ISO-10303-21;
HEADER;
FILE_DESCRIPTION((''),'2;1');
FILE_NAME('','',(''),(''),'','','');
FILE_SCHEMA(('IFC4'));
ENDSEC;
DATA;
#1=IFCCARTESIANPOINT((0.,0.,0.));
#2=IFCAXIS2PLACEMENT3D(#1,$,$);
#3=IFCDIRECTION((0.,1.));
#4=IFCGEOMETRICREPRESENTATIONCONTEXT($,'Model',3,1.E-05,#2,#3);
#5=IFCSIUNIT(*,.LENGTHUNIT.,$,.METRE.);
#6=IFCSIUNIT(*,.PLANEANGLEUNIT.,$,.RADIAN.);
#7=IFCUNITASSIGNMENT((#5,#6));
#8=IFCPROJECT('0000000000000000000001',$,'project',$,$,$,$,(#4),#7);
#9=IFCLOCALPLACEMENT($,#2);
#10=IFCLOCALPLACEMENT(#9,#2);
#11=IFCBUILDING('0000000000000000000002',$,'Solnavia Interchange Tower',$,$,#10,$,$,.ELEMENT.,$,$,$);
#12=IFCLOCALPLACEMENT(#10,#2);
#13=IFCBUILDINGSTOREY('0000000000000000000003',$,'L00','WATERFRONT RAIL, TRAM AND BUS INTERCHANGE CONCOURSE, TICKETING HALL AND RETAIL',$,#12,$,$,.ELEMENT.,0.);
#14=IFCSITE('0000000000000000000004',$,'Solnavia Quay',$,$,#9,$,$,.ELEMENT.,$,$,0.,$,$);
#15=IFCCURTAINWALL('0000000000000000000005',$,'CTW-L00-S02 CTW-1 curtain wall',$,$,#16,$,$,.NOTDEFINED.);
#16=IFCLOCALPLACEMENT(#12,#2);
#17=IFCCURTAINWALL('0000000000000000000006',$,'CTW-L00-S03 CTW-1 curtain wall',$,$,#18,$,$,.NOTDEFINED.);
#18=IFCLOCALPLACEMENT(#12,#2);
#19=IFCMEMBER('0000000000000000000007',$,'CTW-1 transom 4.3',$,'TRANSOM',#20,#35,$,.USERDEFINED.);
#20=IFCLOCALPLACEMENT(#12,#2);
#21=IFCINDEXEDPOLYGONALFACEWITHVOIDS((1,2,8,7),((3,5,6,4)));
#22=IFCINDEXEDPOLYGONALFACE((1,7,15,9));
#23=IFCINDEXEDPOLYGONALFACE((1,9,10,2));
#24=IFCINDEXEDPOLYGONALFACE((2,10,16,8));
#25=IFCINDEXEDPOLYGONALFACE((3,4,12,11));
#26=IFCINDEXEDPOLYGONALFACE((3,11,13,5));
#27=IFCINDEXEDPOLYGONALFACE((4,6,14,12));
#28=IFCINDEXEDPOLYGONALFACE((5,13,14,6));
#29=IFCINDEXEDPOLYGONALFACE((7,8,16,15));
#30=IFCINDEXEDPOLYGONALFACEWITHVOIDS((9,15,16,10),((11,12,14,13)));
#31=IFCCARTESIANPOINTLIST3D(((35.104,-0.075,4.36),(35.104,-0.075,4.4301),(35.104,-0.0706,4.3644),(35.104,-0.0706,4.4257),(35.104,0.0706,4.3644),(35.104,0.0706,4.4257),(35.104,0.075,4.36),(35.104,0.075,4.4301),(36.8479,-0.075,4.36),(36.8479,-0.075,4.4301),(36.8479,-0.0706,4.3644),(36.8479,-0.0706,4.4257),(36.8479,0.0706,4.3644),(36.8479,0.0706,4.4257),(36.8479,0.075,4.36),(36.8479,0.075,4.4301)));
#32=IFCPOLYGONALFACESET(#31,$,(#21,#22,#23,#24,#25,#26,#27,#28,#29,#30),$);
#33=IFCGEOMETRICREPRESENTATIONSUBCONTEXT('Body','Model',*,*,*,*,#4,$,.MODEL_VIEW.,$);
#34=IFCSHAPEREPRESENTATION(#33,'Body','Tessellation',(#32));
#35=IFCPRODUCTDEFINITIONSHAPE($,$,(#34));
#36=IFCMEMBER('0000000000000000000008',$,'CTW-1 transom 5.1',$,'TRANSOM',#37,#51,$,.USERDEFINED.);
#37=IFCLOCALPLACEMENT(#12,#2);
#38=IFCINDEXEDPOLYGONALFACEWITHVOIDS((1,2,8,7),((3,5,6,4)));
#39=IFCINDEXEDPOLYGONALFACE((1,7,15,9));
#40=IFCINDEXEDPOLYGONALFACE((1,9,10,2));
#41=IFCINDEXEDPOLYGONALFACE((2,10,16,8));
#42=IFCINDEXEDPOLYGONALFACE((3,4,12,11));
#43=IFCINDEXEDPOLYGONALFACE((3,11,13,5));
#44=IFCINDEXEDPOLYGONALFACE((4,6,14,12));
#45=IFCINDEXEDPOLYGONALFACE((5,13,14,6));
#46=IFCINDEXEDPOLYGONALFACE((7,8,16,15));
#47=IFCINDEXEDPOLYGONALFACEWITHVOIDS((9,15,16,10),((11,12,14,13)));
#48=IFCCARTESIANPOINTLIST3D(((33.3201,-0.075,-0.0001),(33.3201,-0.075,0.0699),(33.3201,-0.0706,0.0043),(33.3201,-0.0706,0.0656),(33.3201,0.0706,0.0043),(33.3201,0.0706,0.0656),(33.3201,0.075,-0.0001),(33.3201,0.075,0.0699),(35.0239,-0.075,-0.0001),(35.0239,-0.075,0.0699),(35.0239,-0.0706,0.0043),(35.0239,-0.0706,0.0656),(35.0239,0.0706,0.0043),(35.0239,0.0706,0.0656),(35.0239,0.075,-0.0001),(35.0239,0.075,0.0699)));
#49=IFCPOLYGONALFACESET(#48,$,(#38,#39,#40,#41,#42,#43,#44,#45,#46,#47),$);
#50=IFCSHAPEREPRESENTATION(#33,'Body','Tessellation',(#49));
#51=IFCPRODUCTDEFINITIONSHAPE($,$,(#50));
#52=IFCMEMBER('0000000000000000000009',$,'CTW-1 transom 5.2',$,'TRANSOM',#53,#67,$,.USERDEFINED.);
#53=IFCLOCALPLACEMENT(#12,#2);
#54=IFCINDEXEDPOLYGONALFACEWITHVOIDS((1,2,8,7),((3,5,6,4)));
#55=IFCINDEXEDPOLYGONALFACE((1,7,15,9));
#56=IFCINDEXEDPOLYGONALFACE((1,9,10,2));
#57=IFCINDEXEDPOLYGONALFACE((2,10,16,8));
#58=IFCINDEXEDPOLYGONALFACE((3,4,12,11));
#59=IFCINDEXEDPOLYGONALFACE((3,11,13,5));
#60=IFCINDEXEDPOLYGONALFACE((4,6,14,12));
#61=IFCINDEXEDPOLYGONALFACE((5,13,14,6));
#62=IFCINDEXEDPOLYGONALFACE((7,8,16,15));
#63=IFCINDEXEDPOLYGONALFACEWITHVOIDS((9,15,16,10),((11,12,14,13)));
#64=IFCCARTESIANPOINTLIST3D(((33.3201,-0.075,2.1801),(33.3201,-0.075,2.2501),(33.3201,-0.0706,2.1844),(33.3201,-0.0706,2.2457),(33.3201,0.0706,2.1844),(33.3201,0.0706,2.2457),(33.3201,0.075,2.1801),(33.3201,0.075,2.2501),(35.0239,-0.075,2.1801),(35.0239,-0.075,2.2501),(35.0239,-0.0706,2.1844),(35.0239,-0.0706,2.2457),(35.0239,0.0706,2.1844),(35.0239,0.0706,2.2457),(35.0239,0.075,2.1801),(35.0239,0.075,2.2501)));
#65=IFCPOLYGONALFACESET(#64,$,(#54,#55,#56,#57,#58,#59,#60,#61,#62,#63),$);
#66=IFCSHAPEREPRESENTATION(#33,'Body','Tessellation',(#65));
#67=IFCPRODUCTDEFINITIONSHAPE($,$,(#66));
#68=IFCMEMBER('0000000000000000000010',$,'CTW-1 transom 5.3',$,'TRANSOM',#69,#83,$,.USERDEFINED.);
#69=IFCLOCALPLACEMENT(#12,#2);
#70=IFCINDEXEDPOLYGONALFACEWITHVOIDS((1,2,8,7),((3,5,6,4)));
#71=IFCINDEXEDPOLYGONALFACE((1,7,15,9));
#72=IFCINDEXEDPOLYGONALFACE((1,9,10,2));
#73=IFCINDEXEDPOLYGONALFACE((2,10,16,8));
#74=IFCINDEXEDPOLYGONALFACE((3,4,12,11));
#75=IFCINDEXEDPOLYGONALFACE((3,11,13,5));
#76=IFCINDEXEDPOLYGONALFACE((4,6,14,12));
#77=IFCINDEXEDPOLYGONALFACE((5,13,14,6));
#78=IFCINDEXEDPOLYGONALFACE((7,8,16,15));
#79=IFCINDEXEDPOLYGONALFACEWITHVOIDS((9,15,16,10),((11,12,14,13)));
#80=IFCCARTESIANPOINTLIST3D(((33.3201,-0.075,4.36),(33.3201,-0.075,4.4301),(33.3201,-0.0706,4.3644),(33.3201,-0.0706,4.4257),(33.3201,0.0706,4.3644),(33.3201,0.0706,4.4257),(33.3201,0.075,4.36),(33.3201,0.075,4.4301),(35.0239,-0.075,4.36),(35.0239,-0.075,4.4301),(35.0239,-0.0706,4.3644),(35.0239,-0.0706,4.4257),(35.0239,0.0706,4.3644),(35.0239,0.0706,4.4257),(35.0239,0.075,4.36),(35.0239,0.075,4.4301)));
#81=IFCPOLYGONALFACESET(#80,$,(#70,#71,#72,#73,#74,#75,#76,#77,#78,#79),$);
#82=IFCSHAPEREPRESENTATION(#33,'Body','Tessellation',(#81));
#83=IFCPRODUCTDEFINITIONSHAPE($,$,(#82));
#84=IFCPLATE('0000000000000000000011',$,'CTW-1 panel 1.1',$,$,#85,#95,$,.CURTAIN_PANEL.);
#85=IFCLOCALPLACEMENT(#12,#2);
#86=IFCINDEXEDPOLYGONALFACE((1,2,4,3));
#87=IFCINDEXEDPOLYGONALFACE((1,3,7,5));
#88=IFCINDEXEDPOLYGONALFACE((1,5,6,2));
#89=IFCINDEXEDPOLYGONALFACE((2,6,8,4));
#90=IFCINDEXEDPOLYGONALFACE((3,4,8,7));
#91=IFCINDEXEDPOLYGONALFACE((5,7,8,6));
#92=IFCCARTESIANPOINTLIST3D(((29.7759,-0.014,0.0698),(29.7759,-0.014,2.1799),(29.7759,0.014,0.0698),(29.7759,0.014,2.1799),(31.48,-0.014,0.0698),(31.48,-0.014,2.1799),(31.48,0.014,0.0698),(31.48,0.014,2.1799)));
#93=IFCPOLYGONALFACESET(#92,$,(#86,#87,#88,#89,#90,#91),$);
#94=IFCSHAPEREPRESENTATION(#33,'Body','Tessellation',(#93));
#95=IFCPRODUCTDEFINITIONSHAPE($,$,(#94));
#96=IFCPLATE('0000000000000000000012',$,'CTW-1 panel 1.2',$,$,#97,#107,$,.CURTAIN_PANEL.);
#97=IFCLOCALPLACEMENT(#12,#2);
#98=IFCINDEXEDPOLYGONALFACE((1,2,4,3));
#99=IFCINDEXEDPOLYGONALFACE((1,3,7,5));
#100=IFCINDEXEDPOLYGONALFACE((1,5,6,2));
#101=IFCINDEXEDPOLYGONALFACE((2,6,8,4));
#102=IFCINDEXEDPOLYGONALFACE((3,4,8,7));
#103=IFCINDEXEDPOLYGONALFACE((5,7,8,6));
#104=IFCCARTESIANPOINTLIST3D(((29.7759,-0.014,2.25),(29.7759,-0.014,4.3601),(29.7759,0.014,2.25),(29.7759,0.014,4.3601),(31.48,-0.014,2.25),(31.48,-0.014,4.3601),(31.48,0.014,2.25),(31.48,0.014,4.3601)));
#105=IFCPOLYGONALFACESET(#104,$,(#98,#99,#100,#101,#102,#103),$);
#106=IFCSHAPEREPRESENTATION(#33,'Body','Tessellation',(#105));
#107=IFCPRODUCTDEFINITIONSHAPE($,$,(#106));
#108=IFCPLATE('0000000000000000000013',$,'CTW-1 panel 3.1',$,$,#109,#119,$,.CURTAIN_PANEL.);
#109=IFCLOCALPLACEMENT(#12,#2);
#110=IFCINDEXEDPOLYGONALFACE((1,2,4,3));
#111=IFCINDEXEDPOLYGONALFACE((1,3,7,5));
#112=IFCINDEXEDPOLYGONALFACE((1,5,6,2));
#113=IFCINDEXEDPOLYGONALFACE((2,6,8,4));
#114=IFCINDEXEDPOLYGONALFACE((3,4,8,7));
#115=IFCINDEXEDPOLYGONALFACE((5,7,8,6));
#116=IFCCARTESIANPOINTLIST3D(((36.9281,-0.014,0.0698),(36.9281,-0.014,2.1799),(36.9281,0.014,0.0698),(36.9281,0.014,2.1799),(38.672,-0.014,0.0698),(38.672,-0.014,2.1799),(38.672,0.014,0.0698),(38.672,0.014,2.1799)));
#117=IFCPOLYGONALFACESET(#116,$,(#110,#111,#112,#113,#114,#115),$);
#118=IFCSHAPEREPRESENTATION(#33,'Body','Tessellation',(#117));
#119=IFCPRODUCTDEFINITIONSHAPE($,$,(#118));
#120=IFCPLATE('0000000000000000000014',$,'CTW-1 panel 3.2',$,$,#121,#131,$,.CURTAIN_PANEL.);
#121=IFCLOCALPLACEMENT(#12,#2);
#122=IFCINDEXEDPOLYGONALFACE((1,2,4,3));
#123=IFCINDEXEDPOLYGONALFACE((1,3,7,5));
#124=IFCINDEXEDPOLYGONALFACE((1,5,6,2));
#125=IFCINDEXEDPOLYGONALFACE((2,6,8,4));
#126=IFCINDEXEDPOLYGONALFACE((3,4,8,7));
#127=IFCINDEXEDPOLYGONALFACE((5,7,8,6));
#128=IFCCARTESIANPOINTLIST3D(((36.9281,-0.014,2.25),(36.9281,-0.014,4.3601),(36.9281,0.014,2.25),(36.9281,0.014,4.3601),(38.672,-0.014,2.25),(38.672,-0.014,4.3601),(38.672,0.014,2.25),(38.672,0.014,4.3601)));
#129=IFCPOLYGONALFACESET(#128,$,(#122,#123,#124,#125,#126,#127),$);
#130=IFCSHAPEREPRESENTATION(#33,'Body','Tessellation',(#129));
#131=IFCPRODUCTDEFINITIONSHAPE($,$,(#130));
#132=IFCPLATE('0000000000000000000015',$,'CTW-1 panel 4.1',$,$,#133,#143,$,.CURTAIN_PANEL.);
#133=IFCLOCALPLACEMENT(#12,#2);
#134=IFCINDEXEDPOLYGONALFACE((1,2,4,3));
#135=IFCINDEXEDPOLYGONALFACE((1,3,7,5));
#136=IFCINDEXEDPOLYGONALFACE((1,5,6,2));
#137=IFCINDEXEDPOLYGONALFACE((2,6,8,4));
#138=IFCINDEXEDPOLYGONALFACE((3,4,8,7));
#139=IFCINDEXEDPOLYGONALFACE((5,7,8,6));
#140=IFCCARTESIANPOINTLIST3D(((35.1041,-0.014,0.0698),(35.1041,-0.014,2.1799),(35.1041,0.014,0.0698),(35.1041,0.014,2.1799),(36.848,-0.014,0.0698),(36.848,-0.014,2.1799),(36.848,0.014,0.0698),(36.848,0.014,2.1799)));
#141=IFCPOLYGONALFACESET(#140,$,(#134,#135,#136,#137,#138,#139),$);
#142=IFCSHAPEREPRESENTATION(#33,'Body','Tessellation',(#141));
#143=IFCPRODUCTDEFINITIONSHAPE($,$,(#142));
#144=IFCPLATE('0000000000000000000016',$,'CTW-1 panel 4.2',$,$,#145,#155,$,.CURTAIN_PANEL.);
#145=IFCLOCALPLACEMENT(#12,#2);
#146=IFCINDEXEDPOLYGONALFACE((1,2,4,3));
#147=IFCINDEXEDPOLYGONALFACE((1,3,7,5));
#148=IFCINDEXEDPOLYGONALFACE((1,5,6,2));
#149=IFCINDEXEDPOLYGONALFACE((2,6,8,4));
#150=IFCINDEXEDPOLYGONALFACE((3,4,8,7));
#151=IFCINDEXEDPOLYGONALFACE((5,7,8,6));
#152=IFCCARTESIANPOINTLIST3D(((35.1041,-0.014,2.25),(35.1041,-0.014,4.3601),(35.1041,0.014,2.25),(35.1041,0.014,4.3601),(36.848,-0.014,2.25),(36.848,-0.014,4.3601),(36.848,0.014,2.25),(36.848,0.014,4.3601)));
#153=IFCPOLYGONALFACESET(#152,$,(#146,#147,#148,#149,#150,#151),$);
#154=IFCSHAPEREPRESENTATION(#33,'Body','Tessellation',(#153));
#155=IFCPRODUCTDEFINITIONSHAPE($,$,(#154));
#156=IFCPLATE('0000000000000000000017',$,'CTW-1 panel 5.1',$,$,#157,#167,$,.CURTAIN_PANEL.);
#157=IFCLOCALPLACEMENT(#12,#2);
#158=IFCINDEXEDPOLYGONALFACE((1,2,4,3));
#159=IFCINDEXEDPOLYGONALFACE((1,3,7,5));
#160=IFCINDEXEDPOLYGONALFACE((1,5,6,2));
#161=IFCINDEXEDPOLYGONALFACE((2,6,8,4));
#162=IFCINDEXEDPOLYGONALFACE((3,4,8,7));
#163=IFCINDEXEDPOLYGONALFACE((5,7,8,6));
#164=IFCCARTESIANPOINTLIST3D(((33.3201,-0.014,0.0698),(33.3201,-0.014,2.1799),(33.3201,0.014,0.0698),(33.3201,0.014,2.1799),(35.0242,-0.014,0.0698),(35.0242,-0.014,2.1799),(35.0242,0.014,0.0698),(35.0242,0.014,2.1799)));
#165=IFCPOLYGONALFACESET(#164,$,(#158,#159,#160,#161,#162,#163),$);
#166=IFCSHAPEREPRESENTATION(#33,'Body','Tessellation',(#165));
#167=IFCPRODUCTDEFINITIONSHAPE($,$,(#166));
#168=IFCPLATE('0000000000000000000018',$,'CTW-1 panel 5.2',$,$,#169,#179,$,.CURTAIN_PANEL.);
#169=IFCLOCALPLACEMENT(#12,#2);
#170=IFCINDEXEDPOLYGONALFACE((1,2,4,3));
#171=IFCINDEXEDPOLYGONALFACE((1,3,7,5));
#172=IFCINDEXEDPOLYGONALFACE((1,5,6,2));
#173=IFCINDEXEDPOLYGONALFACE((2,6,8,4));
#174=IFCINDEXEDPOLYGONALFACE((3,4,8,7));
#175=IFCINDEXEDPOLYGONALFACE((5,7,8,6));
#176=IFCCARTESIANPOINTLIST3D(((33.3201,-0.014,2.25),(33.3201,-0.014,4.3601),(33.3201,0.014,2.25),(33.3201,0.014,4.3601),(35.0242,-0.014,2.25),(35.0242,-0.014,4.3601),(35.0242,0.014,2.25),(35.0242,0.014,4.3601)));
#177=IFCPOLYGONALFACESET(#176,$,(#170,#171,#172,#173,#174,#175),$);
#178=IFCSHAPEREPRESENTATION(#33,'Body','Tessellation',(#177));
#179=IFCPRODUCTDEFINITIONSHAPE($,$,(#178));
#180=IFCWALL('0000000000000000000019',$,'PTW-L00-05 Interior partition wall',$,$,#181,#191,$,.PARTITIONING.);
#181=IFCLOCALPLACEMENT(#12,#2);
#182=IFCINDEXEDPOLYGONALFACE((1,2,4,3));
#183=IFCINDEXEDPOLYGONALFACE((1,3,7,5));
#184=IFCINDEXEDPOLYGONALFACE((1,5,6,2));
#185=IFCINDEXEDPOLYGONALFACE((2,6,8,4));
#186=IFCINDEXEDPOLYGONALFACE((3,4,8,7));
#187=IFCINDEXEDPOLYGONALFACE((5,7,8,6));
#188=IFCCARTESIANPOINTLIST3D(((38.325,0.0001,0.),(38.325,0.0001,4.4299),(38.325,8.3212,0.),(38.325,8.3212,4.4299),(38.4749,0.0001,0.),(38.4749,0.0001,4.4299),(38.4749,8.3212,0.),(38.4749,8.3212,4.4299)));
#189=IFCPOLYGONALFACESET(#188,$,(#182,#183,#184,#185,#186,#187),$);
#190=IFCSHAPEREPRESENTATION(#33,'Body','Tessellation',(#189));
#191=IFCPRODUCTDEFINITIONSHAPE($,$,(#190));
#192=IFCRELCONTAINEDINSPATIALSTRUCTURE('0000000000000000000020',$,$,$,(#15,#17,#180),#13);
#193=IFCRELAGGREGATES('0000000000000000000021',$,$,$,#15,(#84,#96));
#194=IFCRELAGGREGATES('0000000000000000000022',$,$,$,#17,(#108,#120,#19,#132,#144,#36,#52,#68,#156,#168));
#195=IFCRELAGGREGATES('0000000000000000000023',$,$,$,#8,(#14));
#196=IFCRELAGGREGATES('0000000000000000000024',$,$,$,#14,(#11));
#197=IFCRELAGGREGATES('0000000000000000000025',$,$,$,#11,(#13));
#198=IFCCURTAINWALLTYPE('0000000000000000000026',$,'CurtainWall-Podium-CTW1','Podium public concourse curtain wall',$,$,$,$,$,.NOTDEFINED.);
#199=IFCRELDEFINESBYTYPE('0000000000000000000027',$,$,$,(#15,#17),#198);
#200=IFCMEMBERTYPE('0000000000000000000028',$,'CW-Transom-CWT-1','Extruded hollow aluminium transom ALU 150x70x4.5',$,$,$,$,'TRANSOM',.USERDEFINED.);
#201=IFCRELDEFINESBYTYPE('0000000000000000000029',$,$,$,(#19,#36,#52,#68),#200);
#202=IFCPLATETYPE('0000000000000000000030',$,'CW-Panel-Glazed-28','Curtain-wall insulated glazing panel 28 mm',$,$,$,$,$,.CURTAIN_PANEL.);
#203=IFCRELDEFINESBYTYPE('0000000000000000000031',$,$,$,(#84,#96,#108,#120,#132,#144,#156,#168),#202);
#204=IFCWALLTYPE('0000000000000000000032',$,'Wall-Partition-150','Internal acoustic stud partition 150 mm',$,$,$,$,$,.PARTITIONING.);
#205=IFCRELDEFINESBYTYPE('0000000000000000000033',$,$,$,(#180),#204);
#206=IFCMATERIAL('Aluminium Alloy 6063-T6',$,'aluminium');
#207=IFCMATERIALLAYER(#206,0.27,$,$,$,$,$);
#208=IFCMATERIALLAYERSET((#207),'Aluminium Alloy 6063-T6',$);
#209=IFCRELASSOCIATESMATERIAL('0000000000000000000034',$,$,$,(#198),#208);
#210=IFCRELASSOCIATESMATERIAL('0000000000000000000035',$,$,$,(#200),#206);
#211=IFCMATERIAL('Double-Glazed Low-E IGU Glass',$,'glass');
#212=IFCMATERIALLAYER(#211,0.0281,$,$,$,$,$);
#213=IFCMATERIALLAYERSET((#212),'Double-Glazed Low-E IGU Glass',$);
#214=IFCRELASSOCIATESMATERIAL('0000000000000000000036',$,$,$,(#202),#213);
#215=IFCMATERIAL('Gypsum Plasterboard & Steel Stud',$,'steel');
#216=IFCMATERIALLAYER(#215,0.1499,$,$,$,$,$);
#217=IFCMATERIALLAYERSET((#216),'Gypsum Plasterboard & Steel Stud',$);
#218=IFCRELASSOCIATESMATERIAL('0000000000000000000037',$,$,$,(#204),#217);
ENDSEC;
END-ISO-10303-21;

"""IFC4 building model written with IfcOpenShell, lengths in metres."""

from ifc_helpers import new_model, si_unit, direction, frame, frame_2d, origin, origin_2d, place, context, subcontext, project, spatial, rectangle, hollow_rectangle, extrude, material, layer, layer_set, material_profile, profile_set, type_object, element, aggregate, save


model = new_model("IFC4")

# Units and contexts
model_context = context("Model", 3, precision=1e-05, world=origin(), true_north=direction((0.0, 1.0)))
body_context = subcontext(model_context, "Body", "Model", "MODEL_VIEW")
ifc_project = project(units=[si_unit("LENGTHUNIT", "METRE"), si_unit("PLANEANGLEUNIT", "RADIAN")], contexts=[model_context])

# Site, building, storey
site_placement = place(None, origin())
site = spatial("IfcSite", under=ifc_project, at=site_placement, Name="Solnavia Quay", CompositionType="ELEMENT", RefElevation=0.0)
building_placement = place(site_placement, origin())
building = spatial("IfcBuilding", under=site, at=building_placement, Name="Solnavia Interchange Tower", CompositionType="ELEMENT")
storey_placement = place(building_placement, origin())
storey = spatial("IfcBuildingStorey", under=building, at=storey_placement, Name="L00", Description="WATERFRONT RAIL, TRAM AND BUS INTERCHANGE CONCOURSE, TICKETING HALL AND RETAIL", CompositionType="ELEMENT", Elevation=0.0)

# Curtain walls
ifc_material_1 = material(Name="Aluminium Alloy 6063-T6", Category="aluminium")
ifc_layer_1 = layer(ifc_material_1, 0.27)
ifc_layer_set_1 = layer_set([ifc_layer_1], Name="Aluminium Alloy 6063-T6")
curtain_wall_type = type_object("IfcCurtainWallType", Name="CurtainWall-Podium-CTW1", Description="Podium public concourse curtain wall", PredefinedType="NOTDEFINED", material=ifc_layer_set_1)
curtain_wall_1_placement = place(storey_placement, origin())
curtain_wall_1 = element("IfcCurtainWall", 1, at=curtain_wall_1_placement, inside=storey, type_object=curtain_wall_type, Name="CTW-L00-S02 CTW-1 curtain wall", PredefinedType="NOTDEFINED")
curtain_wall_2_placement = place(storey_placement, origin())
curtain_wall_2 = element("IfcCurtainWall", 2, at=curtain_wall_2_placement, inside=storey, type_object=curtain_wall_type, Name="CTW-L00-S03 CTW-1 curtain wall", PredefinedType="NOTDEFINED")

# Members
ifc_material_profile_1 = material_profile(ifc_material_1, hollow_rectangle(XDim=0.0701, YDim=0.1499, WallThickness=0.0044, at=origin_2d()), Name="ALU 150x70x4.5")
ifc_profile_set_1 = profile_set([ifc_material_profile_1], Name="Aluminium Alloy 6063-T6")
member_type_1 = type_object("IfcMemberType", Name="CW-Transom-CWT-1", Description="Extruded hollow aluminium transom ALU 150x70x4.5", ElementType="TRANSOM", PredefinedType="USERDEFINED", material=ifc_profile_set_1)
member_1_placement = place(storey_placement, frame((36.8479, 0.0, 4.395), z_axis=(-1.0, 0.0, 0.0), x_axis=(0.0, 0.0, 1.0)))
member_1 = element("IfcMember", 3, at=member_1_placement, type_object=member_type_1, Name="CTW-1 transom 4.3", ObjectType="TRANSOM", PredefinedType="USERDEFINED", context=body_context, shape_type="SweptSolid", body=[
    extrude(hollow_rectangle(XDim=0.0701, YDim=0.1499, WallThickness=0.0044, at=origin_2d()), origin(), (0.0, 0.0, 1.0), 1.7439),
])
member_2_placement = place(storey_placement, frame((35.0239, 0.0, 0.0349), z_axis=(-1.0, 0.0, 0.0), x_axis=(0.0, 0.0, 1.0)))
member_2 = element("IfcMember", 4, at=member_2_placement, type_object=member_type_1, Name="CTW-1 transom 5.1", ObjectType="TRANSOM", PredefinedType="USERDEFINED", context=body_context, shape_type="SweptSolid", body=[
    extrude(hollow_rectangle(XDim=0.0701, YDim=0.1499, WallThickness=0.0044, at=origin_2d()), origin(), (0.0, 0.0, 1.0), 1.7039),
])
member_3_placement = place(storey_placement, frame((35.0239, 0.0, 2.2151), z_axis=(-1.0, 0.0, 0.0), x_axis=(0.0, 0.0, 1.0)))
member_3 = element("IfcMember", 5, at=member_3_placement, type_object=member_type_1, Name="CTW-1 transom 5.2", ObjectType="TRANSOM", PredefinedType="USERDEFINED", context=body_context, shape_type="SweptSolid", body=[
    extrude(hollow_rectangle(XDim=0.0701, YDim=0.1499, WallThickness=0.0044, at=origin_2d()), origin(), (0.0, 0.0, 1.0), 1.7039),
])
member_4_placement = place(storey_placement, frame((35.0239, 0.0, 4.395), z_axis=(-1.0, 0.0, 0.0), x_axis=(0.0, 0.0, 1.0)))
member_4 = element("IfcMember", 6, at=member_4_placement, type_object=member_type_1, Name="CTW-1 transom 5.3", ObjectType="TRANSOM", PredefinedType="USERDEFINED", context=body_context, shape_type="SweptSolid", body=[
    extrude(hollow_rectangle(XDim=0.0701, YDim=0.1499, WallThickness=0.0044, at=origin_2d()), origin(), (0.0, 0.0, 1.0), 1.7039),
])

# Plates
ifc_material_2 = material(Name="Double-Glazed Low-E IGU Glass", Category="glass")
ifc_layer_2 = layer(ifc_material_2, 0.0281)
ifc_layer_set_2 = layer_set([ifc_layer_2], Name="Double-Glazed Low-E IGU Glass")
plate_type = type_object("IfcPlateType", Name="CW-Panel-Glazed-28", Description="Curtain-wall insulated glazing panel 28 mm", PredefinedType="CURTAIN_PANEL", material=ifc_layer_set_2)
plate_1_placement = place(storey_placement, frame((30.6279, 0.0, 0.0698), z_axis=(0.0, 0.0, 1.0), x_axis=(-1.0, 0.0, 0.0)))
plate_1 = element("IfcPlate", 7, at=plate_1_placement, type_object=plate_type, Name="CTW-1 panel 1.1", PredefinedType="CURTAIN_PANEL", context=body_context, shape_type="SweptSolid", body=[
    extrude(rectangle(XDim=1.7041, YDim=0.0281, at=origin_2d()), origin(), (0.0, 0.0, 1.0), 2.1101),
])
plate_2_placement = place(storey_placement, frame((30.6279, 0.0, 2.25), z_axis=(0.0, 0.0, 1.0), x_axis=(-1.0, 0.0, 0.0)))
plate_2 = element("IfcPlate", 8, at=plate_2_placement, type_object=plate_type, Name="CTW-1 panel 1.2", PredefinedType="CURTAIN_PANEL", context=body_context, shape_type="SweptSolid", body=[
    extrude(rectangle(XDim=1.7041, YDim=0.0281, at=origin_2d()), origin(), (0.0, 0.0, 1.0), 2.1101),
])
aggregate(curtain_wall_1, [plate_1, plate_2])
plate_3_placement = place(storey_placement, frame((37.8, 0.0, 0.0698), z_axis=(0.0, 0.0, 1.0), x_axis=(-1.0, 0.0, 0.0)))
plate_3 = element("IfcPlate", 9, at=plate_3_placement, type_object=plate_type, Name="CTW-1 panel 3.1", PredefinedType="CURTAIN_PANEL", context=body_context, shape_type="SweptSolid", body=[
    extrude(rectangle(XDim=1.7439, YDim=0.0281, at=origin_2d()), origin(), (0.0, 0.0, 1.0), 2.1101),
])
plate_4_placement = place(storey_placement, frame((37.8, 0.0, 2.25), z_axis=(0.0, 0.0, 1.0), x_axis=(-1.0, 0.0, 0.0)))
plate_4 = element("IfcPlate", 10, at=plate_4_placement, type_object=plate_type, Name="CTW-1 panel 3.2", PredefinedType="CURTAIN_PANEL", context=body_context, shape_type="SweptSolid", body=[
    extrude(rectangle(XDim=1.7439, YDim=0.0281, at=origin_2d()), origin(), (0.0, 0.0, 1.0), 2.1101),
])
plate_5_placement = place(storey_placement, frame((35.9761, 0.0, 0.0698), z_axis=(0.0, 0.0, 1.0), x_axis=(-1.0, 0.0, 0.0)))
plate_5 = element("IfcPlate", 11, at=plate_5_placement, type_object=plate_type, Name="CTW-1 panel 4.1", PredefinedType="CURTAIN_PANEL", context=body_context, shape_type="SweptSolid", body=[
    extrude(rectangle(XDim=1.7439, YDim=0.0281, at=origin_2d()), origin(), (0.0, 0.0, 1.0), 2.1101),
])
plate_6_placement = place(storey_placement, frame((35.9761, 0.0, 2.25), z_axis=(0.0, 0.0, 1.0), x_axis=(-1.0, 0.0, 0.0)))
plate_6 = element("IfcPlate", 12, at=plate_6_placement, type_object=plate_type, Name="CTW-1 panel 4.2", PredefinedType="CURTAIN_PANEL", context=body_context, shape_type="SweptSolid", body=[
    extrude(rectangle(XDim=1.7439, YDim=0.0281, at=origin_2d()), origin(), (0.0, 0.0, 1.0), 2.1101),
])
plate_7_placement = place(storey_placement, frame((34.1721, 0.0, 0.0698), z_axis=(0.0, 0.0, 1.0), x_axis=(-1.0, 0.0, 0.0)))
plate_7 = element("IfcPlate", 13, at=plate_7_placement, type_object=plate_type, Name="CTW-1 panel 5.1", PredefinedType="CURTAIN_PANEL", context=body_context, shape_type="SweptSolid", body=[
    extrude(rectangle(XDim=1.7041, YDim=0.0281, at=origin_2d()), origin(), (0.0, 0.0, 1.0), 2.1101),
])
plate_8_placement = place(storey_placement, frame((34.1721, 0.0, 2.25), z_axis=(0.0, 0.0, 1.0), x_axis=(-1.0, 0.0, 0.0)))
plate_8 = element("IfcPlate", 14, at=plate_8_placement, type_object=plate_type, Name="CTW-1 panel 5.2", PredefinedType="CURTAIN_PANEL", context=body_context, shape_type="SweptSolid", body=[
    extrude(rectangle(XDim=1.7041, YDim=0.0281, at=origin_2d()), origin(), (0.0, 0.0, 1.0), 2.1101),
])
aggregate(curtain_wall_2, [plate_3, plate_4, member_1, plate_5, plate_6, member_2, member_3, member_4, plate_7, plate_8])

# Wall
ifc_material_3 = material(Name="Gypsum Plasterboard & Steel Stud", Category="steel")
ifc_layer_3 = layer(ifc_material_3, 0.1499)
ifc_layer_set_3 = layer_set([ifc_layer_3], Name="Gypsum Plasterboard & Steel Stud")
wall_type_1 = type_object("IfcWallType", Name="Wall-Partition-150", Description="Internal acoustic stud partition 150 mm", PredefinedType="PARTITIONING", material=ifc_layer_set_3)
wall_1_placement = place(storey_placement, frame((38.3999, 0.0, 0.0), z_axis=(0.0, 0.0, 1.0), x_axis=(0.0, 1.0, 0.0)))
element("IfcWall", 15, at=wall_1_placement, inside=storey, type_object=wall_type_1, Name="PTW-L00-05 Interior partition wall", PredefinedType="PARTITIONING", context=body_context, shape_type="SweptSolid", body=[
    extrude(rectangle(XDim=8.321, YDim=0.1499, at=frame_2d((4.1606, 0.0))), origin(), (0.0, 0.0, 1.0), 4.4299),
])

save(model, "model.ifc")
